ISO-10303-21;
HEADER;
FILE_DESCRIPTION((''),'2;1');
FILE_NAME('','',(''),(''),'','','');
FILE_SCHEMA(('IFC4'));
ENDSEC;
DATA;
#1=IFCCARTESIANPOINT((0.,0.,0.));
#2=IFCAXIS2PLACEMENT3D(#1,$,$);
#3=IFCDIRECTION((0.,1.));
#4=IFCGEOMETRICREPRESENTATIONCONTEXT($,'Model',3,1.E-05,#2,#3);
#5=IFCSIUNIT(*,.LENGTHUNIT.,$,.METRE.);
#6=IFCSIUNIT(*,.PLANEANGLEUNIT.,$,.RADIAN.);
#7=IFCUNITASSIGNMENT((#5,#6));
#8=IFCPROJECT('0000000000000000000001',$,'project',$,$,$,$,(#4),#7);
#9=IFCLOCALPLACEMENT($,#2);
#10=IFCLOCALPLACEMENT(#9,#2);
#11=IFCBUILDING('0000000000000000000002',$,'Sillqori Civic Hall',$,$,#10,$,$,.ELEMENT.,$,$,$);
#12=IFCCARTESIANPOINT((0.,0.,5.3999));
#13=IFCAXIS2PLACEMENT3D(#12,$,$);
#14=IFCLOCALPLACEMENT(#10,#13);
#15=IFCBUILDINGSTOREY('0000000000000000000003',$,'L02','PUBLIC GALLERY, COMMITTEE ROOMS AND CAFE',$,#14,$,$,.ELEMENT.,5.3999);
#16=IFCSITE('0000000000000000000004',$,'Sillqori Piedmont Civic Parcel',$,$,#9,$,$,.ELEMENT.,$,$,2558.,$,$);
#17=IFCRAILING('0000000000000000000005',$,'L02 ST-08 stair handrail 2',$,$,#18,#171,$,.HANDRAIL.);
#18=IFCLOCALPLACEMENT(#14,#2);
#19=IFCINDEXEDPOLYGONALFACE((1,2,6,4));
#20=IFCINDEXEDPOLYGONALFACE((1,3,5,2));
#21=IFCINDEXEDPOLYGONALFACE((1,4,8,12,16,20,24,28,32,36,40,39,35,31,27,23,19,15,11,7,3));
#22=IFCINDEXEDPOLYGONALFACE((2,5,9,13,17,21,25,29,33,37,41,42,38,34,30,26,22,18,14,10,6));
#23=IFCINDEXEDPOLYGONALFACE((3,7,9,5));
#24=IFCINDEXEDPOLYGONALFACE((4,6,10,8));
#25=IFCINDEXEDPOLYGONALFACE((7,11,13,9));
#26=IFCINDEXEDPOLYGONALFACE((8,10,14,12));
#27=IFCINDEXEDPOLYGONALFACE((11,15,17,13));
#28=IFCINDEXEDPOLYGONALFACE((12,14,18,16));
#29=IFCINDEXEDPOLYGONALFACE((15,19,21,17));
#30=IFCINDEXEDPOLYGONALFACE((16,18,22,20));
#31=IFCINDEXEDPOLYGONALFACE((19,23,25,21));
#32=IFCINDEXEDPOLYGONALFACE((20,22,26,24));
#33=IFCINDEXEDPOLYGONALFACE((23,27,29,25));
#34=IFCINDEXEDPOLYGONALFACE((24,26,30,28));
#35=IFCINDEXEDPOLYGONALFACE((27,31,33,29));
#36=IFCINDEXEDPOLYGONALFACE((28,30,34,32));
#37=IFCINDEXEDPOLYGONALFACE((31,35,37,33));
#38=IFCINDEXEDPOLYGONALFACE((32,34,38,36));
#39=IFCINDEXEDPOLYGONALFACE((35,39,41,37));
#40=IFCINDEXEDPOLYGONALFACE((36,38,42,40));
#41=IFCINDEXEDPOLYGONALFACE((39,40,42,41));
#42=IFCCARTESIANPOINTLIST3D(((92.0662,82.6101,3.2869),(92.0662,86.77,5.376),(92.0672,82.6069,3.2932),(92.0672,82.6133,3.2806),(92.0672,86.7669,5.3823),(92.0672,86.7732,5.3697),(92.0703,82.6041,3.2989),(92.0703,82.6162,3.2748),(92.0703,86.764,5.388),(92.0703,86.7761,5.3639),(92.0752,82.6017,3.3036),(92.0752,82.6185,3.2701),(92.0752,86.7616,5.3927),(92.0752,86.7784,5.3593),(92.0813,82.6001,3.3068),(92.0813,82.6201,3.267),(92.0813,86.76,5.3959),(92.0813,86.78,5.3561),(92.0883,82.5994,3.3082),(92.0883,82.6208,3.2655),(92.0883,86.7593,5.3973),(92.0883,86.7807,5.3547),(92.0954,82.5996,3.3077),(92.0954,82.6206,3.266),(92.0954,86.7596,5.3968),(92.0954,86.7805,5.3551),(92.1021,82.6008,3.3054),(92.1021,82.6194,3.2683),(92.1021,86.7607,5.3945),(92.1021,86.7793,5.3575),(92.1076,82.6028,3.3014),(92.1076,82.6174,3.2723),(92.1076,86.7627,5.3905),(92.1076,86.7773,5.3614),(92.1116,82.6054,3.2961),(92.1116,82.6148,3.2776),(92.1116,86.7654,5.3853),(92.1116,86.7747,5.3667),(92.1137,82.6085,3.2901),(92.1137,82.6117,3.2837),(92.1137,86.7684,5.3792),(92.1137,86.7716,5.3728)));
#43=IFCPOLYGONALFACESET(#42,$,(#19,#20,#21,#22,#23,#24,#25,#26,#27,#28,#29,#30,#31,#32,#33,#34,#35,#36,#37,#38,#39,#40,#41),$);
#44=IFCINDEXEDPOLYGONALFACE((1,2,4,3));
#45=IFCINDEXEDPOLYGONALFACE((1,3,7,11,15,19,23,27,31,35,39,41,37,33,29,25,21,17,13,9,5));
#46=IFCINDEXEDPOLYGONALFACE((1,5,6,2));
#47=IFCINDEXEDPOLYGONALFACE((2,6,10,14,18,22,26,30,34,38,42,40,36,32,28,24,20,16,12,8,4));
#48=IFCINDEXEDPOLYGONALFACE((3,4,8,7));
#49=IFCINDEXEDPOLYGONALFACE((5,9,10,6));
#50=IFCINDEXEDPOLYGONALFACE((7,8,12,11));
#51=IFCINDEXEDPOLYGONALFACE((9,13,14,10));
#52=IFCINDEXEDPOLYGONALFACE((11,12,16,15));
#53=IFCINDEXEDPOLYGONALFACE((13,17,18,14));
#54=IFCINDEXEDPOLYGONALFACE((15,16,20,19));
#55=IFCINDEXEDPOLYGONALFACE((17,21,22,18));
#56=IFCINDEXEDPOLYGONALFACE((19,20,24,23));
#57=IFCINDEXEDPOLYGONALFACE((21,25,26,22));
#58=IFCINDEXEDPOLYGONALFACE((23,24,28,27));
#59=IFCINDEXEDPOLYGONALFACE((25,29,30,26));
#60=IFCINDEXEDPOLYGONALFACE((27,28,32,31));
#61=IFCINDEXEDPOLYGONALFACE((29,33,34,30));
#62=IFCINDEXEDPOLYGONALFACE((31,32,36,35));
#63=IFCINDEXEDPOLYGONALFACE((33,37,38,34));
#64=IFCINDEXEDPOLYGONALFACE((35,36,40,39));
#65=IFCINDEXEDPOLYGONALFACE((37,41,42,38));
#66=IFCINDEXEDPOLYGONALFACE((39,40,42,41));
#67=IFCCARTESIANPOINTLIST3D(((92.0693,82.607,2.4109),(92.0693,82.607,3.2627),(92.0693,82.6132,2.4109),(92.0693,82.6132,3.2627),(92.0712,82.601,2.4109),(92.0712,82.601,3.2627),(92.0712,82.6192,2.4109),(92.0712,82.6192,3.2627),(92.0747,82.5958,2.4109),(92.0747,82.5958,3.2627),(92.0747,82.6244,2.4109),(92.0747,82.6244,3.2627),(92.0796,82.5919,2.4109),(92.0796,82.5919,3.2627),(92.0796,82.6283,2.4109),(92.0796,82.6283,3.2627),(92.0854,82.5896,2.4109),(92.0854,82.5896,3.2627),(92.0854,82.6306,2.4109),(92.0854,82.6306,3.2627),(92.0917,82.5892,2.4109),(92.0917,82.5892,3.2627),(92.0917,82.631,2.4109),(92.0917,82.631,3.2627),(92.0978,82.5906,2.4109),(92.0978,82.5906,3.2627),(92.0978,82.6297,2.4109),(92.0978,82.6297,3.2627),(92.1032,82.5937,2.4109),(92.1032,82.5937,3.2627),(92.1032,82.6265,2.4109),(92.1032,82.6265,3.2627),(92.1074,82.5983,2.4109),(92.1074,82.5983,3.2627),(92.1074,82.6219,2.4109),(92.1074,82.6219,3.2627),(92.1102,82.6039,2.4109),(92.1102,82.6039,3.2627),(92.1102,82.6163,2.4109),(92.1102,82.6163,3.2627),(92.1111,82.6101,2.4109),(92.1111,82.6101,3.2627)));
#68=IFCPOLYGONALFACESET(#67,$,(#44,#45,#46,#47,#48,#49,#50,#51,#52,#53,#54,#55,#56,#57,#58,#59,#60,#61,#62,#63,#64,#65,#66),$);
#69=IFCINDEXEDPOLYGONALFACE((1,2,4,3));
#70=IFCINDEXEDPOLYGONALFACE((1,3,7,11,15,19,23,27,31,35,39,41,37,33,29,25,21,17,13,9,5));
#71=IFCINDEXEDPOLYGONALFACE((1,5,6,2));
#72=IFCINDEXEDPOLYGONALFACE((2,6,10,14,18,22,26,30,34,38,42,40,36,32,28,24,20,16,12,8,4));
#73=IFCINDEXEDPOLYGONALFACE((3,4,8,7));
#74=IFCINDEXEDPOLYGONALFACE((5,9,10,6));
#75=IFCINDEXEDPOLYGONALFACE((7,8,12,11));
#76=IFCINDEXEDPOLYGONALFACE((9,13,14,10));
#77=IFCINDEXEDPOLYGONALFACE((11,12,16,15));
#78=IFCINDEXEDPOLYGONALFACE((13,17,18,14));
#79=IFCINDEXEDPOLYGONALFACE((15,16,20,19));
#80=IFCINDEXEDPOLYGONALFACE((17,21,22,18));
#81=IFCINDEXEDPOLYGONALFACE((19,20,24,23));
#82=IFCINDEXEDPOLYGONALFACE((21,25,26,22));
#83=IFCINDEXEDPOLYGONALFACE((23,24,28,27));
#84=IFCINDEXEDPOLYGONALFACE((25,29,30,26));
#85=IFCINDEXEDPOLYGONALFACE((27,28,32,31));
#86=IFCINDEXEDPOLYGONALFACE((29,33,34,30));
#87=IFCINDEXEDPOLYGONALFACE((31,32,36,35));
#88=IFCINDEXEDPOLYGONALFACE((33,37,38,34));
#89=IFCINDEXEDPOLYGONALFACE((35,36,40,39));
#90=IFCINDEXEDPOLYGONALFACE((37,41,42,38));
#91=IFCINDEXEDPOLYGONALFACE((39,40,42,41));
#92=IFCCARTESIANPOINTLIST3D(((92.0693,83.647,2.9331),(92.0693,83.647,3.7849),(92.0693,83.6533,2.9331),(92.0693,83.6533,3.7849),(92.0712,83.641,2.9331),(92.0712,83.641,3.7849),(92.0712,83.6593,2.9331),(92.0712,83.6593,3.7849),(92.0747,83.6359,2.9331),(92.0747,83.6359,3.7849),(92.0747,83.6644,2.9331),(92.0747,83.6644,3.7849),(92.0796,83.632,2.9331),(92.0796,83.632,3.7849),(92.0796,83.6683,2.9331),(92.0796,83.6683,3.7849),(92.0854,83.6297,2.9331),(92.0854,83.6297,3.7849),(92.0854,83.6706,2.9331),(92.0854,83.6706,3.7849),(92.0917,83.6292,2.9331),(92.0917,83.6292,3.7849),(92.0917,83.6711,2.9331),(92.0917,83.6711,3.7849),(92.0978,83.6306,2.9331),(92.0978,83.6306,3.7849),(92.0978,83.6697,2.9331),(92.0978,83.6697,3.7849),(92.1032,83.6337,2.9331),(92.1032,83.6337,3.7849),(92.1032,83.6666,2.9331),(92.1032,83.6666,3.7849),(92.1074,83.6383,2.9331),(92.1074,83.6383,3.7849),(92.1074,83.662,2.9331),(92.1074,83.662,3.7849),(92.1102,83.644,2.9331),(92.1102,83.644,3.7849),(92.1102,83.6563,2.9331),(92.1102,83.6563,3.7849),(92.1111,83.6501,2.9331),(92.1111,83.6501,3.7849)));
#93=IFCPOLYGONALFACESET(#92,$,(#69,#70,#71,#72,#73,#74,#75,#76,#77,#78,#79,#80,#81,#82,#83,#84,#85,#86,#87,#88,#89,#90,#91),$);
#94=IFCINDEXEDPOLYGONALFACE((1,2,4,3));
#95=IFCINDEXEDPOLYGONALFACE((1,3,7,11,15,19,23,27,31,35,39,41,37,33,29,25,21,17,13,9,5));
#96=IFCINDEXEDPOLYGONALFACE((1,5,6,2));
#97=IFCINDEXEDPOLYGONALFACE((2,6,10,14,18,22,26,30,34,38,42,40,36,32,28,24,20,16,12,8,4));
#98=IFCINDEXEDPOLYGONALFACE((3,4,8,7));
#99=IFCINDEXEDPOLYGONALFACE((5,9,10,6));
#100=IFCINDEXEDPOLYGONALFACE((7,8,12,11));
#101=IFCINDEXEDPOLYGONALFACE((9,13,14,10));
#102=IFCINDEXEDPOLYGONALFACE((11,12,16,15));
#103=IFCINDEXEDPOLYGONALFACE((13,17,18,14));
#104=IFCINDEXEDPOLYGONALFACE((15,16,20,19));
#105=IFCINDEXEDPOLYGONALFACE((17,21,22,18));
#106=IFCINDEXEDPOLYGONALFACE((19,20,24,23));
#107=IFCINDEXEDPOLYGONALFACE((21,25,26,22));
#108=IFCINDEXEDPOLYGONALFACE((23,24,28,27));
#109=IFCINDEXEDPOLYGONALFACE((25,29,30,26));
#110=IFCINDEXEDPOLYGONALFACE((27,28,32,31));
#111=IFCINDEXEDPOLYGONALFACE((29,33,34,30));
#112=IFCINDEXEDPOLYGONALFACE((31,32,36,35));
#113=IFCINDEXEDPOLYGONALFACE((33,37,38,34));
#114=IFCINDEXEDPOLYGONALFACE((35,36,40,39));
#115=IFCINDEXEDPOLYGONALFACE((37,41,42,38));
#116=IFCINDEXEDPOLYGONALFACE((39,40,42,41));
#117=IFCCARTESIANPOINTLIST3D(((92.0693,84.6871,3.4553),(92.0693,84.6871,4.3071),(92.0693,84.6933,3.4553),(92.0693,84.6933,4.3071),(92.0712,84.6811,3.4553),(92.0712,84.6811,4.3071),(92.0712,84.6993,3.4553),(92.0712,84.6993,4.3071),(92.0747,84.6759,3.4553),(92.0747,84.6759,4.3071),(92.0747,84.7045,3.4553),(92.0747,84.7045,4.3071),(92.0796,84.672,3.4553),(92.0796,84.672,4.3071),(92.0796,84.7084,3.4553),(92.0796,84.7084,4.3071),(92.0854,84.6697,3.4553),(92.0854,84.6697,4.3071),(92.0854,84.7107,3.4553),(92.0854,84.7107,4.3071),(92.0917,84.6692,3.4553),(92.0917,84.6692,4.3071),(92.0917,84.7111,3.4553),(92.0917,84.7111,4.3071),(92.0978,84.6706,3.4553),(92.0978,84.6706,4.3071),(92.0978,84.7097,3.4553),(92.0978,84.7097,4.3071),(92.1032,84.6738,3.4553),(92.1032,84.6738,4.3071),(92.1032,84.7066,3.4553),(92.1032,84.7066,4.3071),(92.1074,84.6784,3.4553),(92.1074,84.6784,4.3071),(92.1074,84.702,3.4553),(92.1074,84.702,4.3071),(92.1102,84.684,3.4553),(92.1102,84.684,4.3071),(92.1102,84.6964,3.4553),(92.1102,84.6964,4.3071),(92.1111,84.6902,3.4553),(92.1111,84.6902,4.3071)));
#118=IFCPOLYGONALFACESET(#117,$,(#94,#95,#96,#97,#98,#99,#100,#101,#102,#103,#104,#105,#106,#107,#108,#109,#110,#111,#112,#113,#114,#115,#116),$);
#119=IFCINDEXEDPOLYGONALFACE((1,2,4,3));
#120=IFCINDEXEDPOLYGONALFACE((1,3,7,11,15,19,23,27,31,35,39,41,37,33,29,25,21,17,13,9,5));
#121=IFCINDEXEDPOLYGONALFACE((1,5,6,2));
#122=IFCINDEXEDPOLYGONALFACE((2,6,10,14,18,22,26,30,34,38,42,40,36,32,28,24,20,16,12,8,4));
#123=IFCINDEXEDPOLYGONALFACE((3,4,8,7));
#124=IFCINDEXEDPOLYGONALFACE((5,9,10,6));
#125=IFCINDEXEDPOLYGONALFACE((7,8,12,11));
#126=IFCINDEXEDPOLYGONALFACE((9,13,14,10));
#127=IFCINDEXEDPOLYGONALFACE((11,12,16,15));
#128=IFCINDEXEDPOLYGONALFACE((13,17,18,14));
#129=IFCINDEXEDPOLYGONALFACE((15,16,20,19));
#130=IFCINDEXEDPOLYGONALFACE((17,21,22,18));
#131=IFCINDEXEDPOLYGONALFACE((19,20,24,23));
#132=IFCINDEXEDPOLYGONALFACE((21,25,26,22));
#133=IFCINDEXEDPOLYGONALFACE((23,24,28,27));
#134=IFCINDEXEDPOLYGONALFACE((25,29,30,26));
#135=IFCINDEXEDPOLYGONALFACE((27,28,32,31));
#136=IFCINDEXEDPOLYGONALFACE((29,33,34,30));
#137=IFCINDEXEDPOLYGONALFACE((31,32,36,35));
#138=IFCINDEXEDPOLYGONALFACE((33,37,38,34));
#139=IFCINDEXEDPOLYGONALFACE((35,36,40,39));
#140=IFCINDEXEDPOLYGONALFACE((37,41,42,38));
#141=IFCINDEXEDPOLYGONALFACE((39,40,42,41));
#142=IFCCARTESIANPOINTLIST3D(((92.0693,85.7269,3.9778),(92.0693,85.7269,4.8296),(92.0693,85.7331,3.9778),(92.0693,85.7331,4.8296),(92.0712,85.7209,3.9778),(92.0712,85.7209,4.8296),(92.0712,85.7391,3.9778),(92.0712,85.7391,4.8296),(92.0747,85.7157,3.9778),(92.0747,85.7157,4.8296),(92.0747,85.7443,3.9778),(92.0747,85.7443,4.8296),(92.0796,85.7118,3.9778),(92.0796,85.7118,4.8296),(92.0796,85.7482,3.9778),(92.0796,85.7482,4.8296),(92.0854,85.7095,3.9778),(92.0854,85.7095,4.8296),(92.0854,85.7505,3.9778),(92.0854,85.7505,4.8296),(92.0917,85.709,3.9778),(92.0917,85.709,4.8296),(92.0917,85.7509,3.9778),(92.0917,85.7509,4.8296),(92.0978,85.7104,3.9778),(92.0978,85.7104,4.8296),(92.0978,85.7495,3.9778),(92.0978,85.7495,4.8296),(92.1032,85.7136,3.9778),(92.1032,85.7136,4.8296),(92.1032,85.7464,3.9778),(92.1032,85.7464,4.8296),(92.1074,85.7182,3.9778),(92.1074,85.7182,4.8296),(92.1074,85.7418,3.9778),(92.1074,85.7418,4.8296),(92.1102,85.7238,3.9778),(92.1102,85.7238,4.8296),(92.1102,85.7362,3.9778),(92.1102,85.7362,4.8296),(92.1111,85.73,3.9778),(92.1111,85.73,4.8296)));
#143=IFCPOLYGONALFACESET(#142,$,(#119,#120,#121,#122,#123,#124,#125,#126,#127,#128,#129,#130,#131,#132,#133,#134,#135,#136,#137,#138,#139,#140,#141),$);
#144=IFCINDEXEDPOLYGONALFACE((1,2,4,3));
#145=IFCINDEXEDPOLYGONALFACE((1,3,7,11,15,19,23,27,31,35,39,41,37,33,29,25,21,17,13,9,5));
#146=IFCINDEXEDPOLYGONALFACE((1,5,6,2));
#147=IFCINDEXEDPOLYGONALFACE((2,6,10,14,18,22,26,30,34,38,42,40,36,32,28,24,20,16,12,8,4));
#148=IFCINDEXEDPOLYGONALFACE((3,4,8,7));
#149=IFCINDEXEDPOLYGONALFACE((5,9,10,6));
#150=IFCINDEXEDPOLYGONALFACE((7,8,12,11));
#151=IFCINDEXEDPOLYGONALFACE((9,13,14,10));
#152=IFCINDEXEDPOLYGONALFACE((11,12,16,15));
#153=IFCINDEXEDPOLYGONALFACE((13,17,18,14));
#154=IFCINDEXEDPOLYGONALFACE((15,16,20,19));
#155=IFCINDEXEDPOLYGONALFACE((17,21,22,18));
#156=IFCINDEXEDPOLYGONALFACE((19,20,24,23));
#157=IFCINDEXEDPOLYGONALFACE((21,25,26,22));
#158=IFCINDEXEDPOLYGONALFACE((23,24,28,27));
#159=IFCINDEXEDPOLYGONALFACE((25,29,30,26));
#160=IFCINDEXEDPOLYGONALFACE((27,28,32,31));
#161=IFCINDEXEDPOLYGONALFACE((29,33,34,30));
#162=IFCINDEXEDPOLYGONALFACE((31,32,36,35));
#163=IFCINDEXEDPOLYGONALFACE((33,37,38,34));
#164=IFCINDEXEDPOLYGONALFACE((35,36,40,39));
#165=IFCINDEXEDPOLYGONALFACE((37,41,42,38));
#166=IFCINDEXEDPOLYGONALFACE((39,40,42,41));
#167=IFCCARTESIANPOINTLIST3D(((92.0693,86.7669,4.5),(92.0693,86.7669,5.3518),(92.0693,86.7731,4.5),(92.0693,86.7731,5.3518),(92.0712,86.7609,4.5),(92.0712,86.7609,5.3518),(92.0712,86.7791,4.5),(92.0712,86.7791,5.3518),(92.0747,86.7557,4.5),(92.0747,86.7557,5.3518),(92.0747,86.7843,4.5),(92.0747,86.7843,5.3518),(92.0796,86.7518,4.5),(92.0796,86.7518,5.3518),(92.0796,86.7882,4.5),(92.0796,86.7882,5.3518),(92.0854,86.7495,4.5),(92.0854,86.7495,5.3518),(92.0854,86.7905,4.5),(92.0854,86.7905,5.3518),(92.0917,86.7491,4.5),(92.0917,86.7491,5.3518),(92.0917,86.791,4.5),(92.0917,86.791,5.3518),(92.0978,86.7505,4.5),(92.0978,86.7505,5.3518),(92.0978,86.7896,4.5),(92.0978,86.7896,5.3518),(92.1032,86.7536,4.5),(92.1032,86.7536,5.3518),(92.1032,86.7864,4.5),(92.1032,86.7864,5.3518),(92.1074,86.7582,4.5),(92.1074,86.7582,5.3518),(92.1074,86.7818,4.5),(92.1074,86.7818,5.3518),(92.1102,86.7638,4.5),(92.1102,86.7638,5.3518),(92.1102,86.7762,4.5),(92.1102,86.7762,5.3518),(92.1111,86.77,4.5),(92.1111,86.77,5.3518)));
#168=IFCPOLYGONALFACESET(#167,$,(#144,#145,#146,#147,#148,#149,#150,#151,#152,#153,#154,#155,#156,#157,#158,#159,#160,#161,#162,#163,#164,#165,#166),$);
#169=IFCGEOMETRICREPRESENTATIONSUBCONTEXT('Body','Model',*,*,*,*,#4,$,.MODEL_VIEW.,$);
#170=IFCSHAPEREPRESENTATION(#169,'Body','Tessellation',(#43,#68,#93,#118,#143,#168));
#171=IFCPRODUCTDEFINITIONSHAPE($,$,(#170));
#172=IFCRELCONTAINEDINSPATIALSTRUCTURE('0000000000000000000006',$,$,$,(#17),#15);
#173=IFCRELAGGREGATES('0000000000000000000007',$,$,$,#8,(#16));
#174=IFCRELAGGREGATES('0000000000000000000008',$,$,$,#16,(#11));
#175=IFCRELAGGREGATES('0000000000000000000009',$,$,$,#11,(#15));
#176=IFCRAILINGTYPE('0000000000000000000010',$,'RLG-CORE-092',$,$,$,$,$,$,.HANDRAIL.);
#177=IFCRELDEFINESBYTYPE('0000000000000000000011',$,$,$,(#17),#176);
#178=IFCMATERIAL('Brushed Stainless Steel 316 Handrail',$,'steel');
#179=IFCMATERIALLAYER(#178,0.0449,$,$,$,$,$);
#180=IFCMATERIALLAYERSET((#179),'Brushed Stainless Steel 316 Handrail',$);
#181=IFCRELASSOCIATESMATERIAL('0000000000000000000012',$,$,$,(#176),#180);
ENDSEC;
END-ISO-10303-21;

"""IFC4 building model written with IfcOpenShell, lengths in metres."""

from ifc_helpers import new_model, si_unit, direction, frame, origin, origin_2d, place, context, subcontext, project, spatial, circle, extrude, material, layer, layer_set, type_object, element, save


model = new_model("IFC4")

# Units and contexts
model_context = context("Model", 3, precision=1e-05, world=origin(), true_north=direction((0.0, 1.0)))
body_context = subcontext(model_context, "Body", "Model", "MODEL_VIEW")
ifc_project = project(units=[si_unit("LENGTHUNIT", "METRE"), si_unit("PLANEANGLEUNIT", "RADIAN")], contexts=[model_context])

# Site, building, storey
site_placement = place(None, origin())
site = spatial("IfcSite", under=ifc_project, at=site_placement, Name="Sillqori Piedmont Civic Parcel", CompositionType="ELEMENT", RefElevation=2558.0)
building_placement = place(site_placement, origin())
building = spatial("IfcBuilding", under=site, at=building_placement, Name="Sillqori Civic Hall", CompositionType="ELEMENT")
storey_placement = place(building_placement, frame((0.0, 0.0, 5.3999)))
storey = spatial("IfcBuildingStorey", under=building, at=storey_placement, Name="L02", Description="PUBLIC GALLERY, COMMITTEE ROOMS AND CAFE", CompositionType="ELEMENT", Elevation=5.3999)

# Railing
ifc_material_1 = material(Name="Brushed Stainless Steel 316 Handrail", Category="steel")
ifc_layer_1 = layer(ifc_material_1, 0.0449)
ifc_layer_set_1 = layer_set([ifc_layer_1], Name="Brushed Stainless Steel 316 Handrail")
railing_type_1 = type_object("IfcRailingType", Name="RLG-CORE-092", PredefinedType="HANDRAIL", material=ifc_layer_set_1)
railing_1_placement = place(storey_placement, frame((92.0901, 82.6101, 2.4109)))
element("IfcRailing", 1, at=railing_1_placement, inside=storey, type_object=railing_type_1, Name="L02 ST-08 stair handrail 2", PredefinedType="HANDRAIL", context=body_context, shape_type="SweptSolid", body=[
    extrude(circle(Radius=0.0239, at=origin_2d()), frame((0.0, 0.0, 0.876), z_axis=(0.0, 0.893639, 0.448786), x_axis=(-1.0, 0.0, 0.0)), (0.0, 0.0, 1.0), 4.655),
    extrude(circle(Radius=0.021, at=origin_2d()), origin(), (0.0, 0.0, 1.0), 0.8518),
    extrude(circle(Radius=0.021, at=origin_2d()), frame((0.0, 1.04, 0.5222)), (0.0, 0.0, 1.0), 0.8518),
    extrude(circle(Radius=0.021, at=origin_2d()), frame((0.0, 2.0801, 1.0444)), (0.0, 0.0, 1.0), 0.8518),
    extrude(circle(Radius=0.021, at=origin_2d()), frame((0.0, 3.1199, 1.5669)), (0.0, 0.0, 1.0), 0.8518),
    extrude(circle(Radius=0.021, at=origin_2d()), frame((0.0, 4.1599, 2.0891)), (0.0, 0.0, 1.0), 0.8518),
])

save(model, "model.ifc")
